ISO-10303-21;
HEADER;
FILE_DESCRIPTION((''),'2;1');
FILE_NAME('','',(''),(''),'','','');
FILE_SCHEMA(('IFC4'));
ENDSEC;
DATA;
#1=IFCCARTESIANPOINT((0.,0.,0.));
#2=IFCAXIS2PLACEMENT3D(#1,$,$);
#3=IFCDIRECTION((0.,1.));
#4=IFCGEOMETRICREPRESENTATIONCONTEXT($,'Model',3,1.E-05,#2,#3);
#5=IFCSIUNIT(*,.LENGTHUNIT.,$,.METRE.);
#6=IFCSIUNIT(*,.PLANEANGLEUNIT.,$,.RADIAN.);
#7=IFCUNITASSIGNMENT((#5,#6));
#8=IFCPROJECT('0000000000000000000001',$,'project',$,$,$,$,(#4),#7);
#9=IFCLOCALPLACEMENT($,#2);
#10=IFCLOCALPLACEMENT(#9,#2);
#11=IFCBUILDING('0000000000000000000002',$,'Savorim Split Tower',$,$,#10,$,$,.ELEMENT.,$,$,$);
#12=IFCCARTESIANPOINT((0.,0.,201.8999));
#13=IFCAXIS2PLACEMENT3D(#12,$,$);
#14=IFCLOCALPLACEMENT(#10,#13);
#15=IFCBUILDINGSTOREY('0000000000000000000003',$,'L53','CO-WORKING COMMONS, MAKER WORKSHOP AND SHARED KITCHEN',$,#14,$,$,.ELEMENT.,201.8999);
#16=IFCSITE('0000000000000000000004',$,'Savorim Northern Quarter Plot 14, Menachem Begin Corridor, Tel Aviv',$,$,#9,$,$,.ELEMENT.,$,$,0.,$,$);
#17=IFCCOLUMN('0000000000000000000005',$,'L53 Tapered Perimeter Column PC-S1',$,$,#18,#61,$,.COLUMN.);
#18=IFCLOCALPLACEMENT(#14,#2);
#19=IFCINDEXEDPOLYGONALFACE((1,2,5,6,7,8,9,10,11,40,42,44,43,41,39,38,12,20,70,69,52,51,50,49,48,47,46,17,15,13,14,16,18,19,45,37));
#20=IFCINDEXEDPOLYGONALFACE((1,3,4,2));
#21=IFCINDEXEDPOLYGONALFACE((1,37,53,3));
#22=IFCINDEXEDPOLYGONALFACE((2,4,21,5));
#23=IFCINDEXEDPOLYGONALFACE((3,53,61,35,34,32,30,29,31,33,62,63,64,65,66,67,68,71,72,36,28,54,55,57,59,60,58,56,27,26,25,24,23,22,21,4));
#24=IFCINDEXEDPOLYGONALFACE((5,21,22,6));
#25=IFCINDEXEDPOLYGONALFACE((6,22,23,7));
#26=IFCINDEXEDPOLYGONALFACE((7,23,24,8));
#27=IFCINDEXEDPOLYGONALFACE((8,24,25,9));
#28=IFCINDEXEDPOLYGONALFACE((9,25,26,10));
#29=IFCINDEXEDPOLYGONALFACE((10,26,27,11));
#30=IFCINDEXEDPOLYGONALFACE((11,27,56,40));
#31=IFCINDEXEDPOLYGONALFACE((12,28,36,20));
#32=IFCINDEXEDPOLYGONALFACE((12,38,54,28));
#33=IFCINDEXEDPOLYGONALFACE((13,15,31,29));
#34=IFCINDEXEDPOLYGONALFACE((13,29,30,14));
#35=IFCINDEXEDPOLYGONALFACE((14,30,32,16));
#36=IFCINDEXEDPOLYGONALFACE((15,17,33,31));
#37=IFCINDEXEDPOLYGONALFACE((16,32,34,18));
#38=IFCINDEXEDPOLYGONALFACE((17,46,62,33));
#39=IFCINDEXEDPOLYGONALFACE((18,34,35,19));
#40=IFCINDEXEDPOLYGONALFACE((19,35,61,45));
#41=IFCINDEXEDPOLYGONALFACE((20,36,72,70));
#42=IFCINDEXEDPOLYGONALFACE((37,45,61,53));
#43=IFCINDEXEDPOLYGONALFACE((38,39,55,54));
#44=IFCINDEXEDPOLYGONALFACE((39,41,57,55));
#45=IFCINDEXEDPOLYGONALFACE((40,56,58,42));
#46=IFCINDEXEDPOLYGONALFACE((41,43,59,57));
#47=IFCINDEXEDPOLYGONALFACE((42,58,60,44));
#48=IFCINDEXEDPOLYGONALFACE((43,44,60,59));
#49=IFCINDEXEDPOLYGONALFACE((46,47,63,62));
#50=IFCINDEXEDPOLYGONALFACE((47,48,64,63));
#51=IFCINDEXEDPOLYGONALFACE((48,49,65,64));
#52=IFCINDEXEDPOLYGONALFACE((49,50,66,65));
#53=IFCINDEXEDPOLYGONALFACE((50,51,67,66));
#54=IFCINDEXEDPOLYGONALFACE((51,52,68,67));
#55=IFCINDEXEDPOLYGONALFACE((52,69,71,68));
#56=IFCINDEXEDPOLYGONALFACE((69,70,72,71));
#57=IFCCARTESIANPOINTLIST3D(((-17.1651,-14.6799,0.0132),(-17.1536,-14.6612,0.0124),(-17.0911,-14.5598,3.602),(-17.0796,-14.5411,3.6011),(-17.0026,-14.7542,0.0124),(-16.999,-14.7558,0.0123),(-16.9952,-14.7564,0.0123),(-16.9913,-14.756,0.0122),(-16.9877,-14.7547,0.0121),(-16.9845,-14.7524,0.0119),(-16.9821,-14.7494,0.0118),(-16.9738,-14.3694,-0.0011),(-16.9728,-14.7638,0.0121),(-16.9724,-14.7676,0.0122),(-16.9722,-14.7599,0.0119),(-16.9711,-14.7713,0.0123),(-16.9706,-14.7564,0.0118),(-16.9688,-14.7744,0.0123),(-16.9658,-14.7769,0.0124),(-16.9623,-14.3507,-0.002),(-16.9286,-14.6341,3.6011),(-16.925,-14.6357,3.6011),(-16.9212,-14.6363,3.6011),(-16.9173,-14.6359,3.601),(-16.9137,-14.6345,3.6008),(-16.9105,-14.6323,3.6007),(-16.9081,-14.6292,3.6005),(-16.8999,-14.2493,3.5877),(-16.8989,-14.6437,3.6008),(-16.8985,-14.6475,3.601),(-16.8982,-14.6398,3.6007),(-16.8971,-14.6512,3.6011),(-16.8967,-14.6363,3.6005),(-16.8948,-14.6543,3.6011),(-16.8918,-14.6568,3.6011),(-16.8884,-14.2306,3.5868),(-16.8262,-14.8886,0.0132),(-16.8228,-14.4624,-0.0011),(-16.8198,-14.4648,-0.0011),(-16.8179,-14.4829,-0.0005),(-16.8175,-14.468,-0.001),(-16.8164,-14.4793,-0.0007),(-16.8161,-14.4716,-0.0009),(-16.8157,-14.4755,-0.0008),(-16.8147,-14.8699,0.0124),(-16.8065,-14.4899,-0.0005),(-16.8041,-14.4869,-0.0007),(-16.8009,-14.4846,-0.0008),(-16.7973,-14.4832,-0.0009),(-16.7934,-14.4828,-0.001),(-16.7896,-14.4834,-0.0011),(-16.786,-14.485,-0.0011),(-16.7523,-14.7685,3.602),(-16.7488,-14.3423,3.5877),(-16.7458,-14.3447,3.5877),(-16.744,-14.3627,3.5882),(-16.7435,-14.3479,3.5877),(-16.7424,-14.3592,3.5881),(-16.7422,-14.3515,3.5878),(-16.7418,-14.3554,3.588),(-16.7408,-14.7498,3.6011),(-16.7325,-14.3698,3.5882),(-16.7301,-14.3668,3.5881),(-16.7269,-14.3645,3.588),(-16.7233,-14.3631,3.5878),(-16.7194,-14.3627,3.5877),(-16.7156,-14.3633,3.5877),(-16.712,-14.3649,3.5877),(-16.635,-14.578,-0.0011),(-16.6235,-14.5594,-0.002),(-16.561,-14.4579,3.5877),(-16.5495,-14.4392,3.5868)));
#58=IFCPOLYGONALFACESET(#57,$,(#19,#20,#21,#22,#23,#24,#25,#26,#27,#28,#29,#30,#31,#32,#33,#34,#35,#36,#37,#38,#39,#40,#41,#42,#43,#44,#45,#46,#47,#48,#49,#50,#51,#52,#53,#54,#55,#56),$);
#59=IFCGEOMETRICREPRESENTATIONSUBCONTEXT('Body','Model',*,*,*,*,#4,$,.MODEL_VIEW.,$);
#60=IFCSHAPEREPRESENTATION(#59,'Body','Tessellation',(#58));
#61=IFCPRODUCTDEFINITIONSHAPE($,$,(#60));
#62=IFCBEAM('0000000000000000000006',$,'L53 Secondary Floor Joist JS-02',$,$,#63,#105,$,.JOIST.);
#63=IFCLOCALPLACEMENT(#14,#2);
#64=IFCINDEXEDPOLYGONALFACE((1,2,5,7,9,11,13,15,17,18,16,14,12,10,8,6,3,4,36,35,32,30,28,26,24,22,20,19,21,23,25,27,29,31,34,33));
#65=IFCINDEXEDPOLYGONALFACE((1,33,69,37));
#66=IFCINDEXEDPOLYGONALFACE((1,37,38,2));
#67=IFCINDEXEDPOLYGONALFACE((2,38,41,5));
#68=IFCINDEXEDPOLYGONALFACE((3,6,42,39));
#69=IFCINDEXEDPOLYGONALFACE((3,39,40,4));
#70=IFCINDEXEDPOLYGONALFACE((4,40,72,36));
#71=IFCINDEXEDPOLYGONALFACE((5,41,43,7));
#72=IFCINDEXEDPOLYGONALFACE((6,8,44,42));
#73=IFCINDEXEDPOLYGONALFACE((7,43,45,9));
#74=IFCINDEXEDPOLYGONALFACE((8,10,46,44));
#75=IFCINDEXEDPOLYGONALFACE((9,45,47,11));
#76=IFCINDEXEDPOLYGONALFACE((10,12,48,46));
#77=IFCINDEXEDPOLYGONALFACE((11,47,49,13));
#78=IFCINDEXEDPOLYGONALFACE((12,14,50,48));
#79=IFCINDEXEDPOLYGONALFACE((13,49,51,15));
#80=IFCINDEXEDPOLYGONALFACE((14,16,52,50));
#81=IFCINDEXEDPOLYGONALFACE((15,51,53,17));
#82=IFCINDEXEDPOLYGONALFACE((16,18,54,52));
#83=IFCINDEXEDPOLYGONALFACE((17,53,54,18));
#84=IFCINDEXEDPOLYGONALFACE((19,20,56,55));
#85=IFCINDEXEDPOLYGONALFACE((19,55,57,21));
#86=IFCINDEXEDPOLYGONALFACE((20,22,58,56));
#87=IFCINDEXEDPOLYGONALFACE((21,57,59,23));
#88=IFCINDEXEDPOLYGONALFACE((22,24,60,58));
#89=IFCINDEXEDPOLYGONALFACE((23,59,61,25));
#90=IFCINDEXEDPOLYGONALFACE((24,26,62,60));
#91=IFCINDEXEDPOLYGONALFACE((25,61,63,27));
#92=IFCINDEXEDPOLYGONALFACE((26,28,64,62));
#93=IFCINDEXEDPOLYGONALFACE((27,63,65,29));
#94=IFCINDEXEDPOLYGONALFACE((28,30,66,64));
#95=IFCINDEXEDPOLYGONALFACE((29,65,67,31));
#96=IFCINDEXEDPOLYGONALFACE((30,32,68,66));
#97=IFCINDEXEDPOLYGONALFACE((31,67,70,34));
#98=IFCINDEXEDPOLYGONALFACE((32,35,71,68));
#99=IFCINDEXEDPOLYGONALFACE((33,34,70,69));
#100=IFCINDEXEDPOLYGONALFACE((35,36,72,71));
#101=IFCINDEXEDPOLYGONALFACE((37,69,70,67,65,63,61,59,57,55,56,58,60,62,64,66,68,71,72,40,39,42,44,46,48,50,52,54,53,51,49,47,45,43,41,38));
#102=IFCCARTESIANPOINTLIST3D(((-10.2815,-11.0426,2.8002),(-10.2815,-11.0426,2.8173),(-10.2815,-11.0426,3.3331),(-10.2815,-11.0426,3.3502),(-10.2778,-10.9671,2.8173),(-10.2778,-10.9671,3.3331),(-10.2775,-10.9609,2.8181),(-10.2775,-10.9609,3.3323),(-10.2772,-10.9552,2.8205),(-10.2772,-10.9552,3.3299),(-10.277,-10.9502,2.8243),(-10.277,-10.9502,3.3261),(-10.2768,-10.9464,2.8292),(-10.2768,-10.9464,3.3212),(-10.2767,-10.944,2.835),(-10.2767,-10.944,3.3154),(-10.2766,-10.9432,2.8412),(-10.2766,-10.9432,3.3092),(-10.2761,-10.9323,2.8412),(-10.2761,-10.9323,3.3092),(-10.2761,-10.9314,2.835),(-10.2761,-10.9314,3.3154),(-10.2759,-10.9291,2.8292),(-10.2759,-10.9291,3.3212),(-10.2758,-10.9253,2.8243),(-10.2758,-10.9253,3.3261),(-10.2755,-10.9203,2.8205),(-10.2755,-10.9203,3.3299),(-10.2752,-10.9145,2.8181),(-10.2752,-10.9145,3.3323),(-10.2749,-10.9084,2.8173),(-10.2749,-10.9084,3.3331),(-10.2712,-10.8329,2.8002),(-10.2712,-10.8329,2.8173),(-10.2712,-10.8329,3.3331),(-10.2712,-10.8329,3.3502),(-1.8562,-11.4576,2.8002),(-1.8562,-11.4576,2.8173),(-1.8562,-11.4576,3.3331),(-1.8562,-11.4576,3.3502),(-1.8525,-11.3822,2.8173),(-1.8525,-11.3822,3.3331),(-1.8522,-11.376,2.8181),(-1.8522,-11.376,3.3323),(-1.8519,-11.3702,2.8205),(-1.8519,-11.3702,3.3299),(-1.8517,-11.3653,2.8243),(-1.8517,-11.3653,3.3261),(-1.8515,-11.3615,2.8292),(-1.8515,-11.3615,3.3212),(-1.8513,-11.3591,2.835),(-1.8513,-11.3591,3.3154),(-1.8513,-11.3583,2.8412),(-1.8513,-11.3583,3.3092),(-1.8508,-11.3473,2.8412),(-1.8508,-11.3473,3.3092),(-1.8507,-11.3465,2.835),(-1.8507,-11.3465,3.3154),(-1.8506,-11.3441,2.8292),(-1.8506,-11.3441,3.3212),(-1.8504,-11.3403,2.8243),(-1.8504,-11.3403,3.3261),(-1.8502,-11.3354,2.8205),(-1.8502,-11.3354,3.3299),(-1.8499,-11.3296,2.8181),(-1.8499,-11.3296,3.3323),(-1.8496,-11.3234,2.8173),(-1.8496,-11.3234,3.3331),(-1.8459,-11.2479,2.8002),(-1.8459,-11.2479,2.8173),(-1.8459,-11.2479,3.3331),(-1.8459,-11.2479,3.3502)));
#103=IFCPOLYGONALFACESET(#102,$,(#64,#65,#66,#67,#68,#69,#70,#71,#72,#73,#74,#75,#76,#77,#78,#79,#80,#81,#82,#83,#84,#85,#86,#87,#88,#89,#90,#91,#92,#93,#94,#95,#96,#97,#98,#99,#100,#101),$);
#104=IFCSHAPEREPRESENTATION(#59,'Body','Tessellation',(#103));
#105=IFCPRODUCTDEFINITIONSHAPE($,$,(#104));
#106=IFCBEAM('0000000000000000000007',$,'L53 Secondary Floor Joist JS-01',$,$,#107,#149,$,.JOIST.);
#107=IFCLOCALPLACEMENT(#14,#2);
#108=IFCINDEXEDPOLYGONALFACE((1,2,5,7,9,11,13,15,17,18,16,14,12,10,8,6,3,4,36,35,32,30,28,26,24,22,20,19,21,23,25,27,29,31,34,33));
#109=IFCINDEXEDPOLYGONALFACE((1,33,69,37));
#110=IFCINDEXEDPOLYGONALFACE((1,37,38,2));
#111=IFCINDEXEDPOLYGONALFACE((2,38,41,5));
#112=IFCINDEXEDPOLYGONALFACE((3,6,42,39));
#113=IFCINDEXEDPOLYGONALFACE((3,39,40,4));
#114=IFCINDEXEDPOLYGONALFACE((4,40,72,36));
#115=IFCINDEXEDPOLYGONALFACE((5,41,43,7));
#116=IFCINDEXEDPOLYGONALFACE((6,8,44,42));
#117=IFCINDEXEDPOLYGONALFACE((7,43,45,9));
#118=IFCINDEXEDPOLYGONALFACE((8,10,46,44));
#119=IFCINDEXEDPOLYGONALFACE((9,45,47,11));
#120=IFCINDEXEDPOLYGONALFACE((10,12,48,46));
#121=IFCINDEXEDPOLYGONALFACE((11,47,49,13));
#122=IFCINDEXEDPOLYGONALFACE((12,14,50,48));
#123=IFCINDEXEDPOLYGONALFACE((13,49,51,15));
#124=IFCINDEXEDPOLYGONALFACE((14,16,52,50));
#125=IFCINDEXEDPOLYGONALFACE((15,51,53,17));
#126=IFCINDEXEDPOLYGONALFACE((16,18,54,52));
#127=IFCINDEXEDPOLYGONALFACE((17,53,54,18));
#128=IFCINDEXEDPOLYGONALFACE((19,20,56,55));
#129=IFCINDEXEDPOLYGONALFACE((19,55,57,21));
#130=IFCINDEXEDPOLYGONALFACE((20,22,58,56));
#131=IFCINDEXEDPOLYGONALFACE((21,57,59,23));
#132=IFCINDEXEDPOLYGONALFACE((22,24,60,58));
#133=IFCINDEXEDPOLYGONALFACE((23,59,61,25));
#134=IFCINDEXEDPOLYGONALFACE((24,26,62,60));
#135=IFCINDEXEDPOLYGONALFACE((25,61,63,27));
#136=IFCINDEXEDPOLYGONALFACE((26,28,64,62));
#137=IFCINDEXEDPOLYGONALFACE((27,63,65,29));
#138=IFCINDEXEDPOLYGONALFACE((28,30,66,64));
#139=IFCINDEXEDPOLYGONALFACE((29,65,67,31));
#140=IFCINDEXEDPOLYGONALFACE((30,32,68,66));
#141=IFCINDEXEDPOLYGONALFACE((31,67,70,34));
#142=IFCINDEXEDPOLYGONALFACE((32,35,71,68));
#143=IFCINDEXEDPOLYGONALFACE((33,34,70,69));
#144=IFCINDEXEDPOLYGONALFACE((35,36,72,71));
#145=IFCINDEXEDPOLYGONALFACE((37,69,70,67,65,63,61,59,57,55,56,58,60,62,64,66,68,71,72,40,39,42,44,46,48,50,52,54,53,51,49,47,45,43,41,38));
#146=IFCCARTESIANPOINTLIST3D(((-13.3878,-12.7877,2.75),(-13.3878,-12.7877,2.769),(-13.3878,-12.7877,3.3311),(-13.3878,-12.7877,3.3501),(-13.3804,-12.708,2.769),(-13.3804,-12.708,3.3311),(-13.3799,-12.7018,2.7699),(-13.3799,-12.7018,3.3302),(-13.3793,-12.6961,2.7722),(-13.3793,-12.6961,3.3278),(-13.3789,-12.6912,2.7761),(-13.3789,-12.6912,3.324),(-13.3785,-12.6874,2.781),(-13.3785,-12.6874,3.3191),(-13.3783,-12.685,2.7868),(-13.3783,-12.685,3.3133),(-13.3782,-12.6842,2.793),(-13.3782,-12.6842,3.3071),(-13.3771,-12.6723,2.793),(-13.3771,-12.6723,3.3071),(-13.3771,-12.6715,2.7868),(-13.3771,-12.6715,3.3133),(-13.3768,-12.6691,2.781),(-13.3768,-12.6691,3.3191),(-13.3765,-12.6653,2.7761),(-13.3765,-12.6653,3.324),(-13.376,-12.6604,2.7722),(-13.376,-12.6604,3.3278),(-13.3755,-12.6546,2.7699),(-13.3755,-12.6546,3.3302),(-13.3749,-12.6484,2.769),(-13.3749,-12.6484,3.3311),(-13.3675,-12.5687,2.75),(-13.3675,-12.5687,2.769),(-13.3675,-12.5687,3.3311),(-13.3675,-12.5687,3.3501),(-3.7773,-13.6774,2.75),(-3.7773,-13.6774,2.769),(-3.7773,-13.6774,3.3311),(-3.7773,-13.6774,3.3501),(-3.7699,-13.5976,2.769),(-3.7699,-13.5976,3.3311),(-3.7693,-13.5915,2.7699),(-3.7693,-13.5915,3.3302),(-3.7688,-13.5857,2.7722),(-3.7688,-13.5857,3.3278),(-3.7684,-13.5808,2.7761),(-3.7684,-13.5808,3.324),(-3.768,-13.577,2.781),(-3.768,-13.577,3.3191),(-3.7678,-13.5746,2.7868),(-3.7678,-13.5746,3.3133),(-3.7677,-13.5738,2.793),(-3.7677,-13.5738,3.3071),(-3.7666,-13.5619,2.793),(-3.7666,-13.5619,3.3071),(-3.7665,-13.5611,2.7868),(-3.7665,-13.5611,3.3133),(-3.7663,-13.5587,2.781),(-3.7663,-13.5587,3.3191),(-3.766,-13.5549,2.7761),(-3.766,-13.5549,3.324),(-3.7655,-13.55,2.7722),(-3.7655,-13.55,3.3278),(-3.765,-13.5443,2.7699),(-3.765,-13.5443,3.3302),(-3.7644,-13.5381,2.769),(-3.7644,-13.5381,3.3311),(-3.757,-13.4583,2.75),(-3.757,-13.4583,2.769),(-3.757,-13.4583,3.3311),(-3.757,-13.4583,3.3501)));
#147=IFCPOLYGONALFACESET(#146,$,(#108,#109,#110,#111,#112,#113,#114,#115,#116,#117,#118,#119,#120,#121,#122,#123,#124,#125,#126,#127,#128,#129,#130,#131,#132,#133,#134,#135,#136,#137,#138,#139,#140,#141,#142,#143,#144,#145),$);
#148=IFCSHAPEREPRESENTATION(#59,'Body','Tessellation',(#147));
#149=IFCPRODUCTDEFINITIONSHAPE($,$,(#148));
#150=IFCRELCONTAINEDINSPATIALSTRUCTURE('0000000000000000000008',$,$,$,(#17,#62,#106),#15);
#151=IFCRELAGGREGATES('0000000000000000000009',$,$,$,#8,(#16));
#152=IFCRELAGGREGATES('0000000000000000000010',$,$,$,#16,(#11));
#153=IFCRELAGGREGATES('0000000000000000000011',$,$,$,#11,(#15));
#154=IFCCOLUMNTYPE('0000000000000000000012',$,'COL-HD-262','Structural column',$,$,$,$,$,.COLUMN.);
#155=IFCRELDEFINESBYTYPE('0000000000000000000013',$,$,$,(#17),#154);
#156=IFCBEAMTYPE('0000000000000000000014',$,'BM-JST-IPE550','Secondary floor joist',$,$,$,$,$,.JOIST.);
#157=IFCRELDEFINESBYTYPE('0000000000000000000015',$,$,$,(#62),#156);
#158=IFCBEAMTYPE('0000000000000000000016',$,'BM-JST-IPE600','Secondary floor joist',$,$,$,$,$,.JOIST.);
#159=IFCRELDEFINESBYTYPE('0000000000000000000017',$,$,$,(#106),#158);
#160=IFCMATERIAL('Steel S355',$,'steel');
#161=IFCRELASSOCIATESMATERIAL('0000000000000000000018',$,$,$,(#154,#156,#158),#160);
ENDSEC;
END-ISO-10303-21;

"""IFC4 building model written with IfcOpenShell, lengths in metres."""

from ifc_helpers import new_model, si_unit, direction, frame, origin, origin_2d, place, context, subcontext, project, spatial, i_section, extrude, material, material_profile, profile_set, type_object, element, save


model = new_model("IFC4")

# Units and contexts
model_context = context("Model", 3, precision=1e-05, world=origin(), true_north=direction((0.0, 1.0)))
body_context = subcontext(model_context, "Body", "Model", "MODEL_VIEW")
ifc_project = project(units=[si_unit("LENGTHUNIT", "METRE"), si_unit("PLANEANGLEUNIT", "RADIAN")], contexts=[model_context])

# Site, building, storey
site_placement = place(None, origin())
site = spatial("IfcSite", under=ifc_project, at=site_placement, Name="Savorim Northern Quarter Plot 14, Menachem Begin Corridor, Tel Aviv", CompositionType="ELEMENT", RefElevation=0.0)
building_placement = place(site_placement, origin())
building = spatial("IfcBuilding", under=site, at=building_placement, Name="Savorim Split Tower", CompositionType="ELEMENT")
storey_placement = place(building_placement, frame((0.0, 0.0, 201.8999)))
storey = spatial("IfcBuildingStorey", under=building, at=storey_placement, Name="L53", Description="CO-WORKING COMMONS, MAKER WORKSHOP AND SHARED KITCHEN", CompositionType="ELEMENT", Elevation=201.8999)

# Column
ifc_material_1 = material(Name="Steel S355", Category="steel")
ifc_material_profile_1 = material_profile(ifc_material_1, i_section(OverallWidth=0.3979, OverallDepth=0.387, WebThickness=0.0134, FlangeThickness=0.022, FilletRadius=0.0149, at=origin_2d()), Name="HD 400x262")
ifc_profile_set_1 = profile_set([ifc_material_profile_1], Name="Steel S355")
column_type = type_object("IfcColumnType", Name="COL-HD-262", Description="Structural column", PredefinedType="COLUMN", material=ifc_profile_set_1)
column_placement = place(storey_placement, frame((-16.8943, -14.6196, 0.0056), z_axis=(0.020596, 0.033444, 0.999228), x_axis=(-0.85148, 0.524387, 0.0)))
element("IfcColumn", 1, at=column_placement, inside=storey, type_object=column_type, Name="L53 Tapered Perimeter Column PC-S1", PredefinedType="COLUMN", context=body_context, shape_type="SweptSolid", body=[
    extrude(i_section(OverallWidth=0.3979, OverallDepth=0.387, WebThickness=0.0134, FlangeThickness=0.022, FilletRadius=0.0149, at=origin_2d()), origin(), (0.0, 0.0, 1.0), 3.5916),
])

# Beams
ifc_material_profile_2 = material_profile(ifc_material_1, i_section(OverallWidth=0.21, OverallDepth=0.55, WebThickness=0.011, FlangeThickness=0.0171, FilletRadius=0.0239, at=origin_2d()), Name="IPE 550")
ifc_profile_set_2 = profile_set([ifc_material_profile_2], Name="Steel S355")
beam_type_1 = type_object("IfcBeamType", Name="BM-JST-IPE550", Description="Secondary floor joist", PredefinedType="JOIST", material=ifc_profile_set_2)
beam_1_placement = place(storey_placement, frame((-10.2764, -10.9377, 3.0752), z_axis=(0.998789, -0.049201, 0.0), x_axis=(0.049201, 0.998789, 0.0)))
element("IfcBeam", 2, at=beam_1_placement, inside=storey, type_object=beam_type_1, Name="L53 Secondary Floor Joist JS-02", PredefinedType="JOIST", context=body_context, shape_type="SweptSolid", body=[
    extrude(i_section(OverallWidth=0.21, OverallDepth=0.55, WebThickness=0.011, FlangeThickness=0.0171, FilletRadius=0.0239, at=origin_2d()), origin(), (0.0, 0.0, 1.0), 8.4355),
])
ifc_material_profile_3 = material_profile(ifc_material_1, i_section(OverallWidth=0.22, OverallDepth=0.6001, WebThickness=0.012, FlangeThickness=0.019, FilletRadius=0.0239, at=origin_2d()), Name="IPE 600")
ifc_profile_set_3 = profile_set([ifc_material_profile_3], Name="Steel S355")
beam_type_2 = type_object("IfcBeamType", Name="BM-JST-IPE600", Description="Secondary floor joist", PredefinedType="JOIST", material=ifc_profile_set_3)
beam_2_placement = place(storey_placement, frame((-13.3777, -12.6782, 3.05), z_axis=(0.995743, -0.092175, 0.0), x_axis=(0.092175, 0.995743, 0.0)))
element("IfcBeam", 3, at=beam_2_placement, inside=storey, type_object=beam_type_2, Name="L53 Secondary Floor Joist JS-01", PredefinedType="JOIST", context=body_context, shape_type="SweptSolid", body=[
    extrude(i_section(OverallWidth=0.22, OverallDepth=0.6001, WebThickness=0.012, FlangeThickness=0.019, FilletRadius=0.0239, at=origin_2d()), origin(), (0.0, 0.0, 1.0), 9.6516),
])

save(model, "model.ifc")
